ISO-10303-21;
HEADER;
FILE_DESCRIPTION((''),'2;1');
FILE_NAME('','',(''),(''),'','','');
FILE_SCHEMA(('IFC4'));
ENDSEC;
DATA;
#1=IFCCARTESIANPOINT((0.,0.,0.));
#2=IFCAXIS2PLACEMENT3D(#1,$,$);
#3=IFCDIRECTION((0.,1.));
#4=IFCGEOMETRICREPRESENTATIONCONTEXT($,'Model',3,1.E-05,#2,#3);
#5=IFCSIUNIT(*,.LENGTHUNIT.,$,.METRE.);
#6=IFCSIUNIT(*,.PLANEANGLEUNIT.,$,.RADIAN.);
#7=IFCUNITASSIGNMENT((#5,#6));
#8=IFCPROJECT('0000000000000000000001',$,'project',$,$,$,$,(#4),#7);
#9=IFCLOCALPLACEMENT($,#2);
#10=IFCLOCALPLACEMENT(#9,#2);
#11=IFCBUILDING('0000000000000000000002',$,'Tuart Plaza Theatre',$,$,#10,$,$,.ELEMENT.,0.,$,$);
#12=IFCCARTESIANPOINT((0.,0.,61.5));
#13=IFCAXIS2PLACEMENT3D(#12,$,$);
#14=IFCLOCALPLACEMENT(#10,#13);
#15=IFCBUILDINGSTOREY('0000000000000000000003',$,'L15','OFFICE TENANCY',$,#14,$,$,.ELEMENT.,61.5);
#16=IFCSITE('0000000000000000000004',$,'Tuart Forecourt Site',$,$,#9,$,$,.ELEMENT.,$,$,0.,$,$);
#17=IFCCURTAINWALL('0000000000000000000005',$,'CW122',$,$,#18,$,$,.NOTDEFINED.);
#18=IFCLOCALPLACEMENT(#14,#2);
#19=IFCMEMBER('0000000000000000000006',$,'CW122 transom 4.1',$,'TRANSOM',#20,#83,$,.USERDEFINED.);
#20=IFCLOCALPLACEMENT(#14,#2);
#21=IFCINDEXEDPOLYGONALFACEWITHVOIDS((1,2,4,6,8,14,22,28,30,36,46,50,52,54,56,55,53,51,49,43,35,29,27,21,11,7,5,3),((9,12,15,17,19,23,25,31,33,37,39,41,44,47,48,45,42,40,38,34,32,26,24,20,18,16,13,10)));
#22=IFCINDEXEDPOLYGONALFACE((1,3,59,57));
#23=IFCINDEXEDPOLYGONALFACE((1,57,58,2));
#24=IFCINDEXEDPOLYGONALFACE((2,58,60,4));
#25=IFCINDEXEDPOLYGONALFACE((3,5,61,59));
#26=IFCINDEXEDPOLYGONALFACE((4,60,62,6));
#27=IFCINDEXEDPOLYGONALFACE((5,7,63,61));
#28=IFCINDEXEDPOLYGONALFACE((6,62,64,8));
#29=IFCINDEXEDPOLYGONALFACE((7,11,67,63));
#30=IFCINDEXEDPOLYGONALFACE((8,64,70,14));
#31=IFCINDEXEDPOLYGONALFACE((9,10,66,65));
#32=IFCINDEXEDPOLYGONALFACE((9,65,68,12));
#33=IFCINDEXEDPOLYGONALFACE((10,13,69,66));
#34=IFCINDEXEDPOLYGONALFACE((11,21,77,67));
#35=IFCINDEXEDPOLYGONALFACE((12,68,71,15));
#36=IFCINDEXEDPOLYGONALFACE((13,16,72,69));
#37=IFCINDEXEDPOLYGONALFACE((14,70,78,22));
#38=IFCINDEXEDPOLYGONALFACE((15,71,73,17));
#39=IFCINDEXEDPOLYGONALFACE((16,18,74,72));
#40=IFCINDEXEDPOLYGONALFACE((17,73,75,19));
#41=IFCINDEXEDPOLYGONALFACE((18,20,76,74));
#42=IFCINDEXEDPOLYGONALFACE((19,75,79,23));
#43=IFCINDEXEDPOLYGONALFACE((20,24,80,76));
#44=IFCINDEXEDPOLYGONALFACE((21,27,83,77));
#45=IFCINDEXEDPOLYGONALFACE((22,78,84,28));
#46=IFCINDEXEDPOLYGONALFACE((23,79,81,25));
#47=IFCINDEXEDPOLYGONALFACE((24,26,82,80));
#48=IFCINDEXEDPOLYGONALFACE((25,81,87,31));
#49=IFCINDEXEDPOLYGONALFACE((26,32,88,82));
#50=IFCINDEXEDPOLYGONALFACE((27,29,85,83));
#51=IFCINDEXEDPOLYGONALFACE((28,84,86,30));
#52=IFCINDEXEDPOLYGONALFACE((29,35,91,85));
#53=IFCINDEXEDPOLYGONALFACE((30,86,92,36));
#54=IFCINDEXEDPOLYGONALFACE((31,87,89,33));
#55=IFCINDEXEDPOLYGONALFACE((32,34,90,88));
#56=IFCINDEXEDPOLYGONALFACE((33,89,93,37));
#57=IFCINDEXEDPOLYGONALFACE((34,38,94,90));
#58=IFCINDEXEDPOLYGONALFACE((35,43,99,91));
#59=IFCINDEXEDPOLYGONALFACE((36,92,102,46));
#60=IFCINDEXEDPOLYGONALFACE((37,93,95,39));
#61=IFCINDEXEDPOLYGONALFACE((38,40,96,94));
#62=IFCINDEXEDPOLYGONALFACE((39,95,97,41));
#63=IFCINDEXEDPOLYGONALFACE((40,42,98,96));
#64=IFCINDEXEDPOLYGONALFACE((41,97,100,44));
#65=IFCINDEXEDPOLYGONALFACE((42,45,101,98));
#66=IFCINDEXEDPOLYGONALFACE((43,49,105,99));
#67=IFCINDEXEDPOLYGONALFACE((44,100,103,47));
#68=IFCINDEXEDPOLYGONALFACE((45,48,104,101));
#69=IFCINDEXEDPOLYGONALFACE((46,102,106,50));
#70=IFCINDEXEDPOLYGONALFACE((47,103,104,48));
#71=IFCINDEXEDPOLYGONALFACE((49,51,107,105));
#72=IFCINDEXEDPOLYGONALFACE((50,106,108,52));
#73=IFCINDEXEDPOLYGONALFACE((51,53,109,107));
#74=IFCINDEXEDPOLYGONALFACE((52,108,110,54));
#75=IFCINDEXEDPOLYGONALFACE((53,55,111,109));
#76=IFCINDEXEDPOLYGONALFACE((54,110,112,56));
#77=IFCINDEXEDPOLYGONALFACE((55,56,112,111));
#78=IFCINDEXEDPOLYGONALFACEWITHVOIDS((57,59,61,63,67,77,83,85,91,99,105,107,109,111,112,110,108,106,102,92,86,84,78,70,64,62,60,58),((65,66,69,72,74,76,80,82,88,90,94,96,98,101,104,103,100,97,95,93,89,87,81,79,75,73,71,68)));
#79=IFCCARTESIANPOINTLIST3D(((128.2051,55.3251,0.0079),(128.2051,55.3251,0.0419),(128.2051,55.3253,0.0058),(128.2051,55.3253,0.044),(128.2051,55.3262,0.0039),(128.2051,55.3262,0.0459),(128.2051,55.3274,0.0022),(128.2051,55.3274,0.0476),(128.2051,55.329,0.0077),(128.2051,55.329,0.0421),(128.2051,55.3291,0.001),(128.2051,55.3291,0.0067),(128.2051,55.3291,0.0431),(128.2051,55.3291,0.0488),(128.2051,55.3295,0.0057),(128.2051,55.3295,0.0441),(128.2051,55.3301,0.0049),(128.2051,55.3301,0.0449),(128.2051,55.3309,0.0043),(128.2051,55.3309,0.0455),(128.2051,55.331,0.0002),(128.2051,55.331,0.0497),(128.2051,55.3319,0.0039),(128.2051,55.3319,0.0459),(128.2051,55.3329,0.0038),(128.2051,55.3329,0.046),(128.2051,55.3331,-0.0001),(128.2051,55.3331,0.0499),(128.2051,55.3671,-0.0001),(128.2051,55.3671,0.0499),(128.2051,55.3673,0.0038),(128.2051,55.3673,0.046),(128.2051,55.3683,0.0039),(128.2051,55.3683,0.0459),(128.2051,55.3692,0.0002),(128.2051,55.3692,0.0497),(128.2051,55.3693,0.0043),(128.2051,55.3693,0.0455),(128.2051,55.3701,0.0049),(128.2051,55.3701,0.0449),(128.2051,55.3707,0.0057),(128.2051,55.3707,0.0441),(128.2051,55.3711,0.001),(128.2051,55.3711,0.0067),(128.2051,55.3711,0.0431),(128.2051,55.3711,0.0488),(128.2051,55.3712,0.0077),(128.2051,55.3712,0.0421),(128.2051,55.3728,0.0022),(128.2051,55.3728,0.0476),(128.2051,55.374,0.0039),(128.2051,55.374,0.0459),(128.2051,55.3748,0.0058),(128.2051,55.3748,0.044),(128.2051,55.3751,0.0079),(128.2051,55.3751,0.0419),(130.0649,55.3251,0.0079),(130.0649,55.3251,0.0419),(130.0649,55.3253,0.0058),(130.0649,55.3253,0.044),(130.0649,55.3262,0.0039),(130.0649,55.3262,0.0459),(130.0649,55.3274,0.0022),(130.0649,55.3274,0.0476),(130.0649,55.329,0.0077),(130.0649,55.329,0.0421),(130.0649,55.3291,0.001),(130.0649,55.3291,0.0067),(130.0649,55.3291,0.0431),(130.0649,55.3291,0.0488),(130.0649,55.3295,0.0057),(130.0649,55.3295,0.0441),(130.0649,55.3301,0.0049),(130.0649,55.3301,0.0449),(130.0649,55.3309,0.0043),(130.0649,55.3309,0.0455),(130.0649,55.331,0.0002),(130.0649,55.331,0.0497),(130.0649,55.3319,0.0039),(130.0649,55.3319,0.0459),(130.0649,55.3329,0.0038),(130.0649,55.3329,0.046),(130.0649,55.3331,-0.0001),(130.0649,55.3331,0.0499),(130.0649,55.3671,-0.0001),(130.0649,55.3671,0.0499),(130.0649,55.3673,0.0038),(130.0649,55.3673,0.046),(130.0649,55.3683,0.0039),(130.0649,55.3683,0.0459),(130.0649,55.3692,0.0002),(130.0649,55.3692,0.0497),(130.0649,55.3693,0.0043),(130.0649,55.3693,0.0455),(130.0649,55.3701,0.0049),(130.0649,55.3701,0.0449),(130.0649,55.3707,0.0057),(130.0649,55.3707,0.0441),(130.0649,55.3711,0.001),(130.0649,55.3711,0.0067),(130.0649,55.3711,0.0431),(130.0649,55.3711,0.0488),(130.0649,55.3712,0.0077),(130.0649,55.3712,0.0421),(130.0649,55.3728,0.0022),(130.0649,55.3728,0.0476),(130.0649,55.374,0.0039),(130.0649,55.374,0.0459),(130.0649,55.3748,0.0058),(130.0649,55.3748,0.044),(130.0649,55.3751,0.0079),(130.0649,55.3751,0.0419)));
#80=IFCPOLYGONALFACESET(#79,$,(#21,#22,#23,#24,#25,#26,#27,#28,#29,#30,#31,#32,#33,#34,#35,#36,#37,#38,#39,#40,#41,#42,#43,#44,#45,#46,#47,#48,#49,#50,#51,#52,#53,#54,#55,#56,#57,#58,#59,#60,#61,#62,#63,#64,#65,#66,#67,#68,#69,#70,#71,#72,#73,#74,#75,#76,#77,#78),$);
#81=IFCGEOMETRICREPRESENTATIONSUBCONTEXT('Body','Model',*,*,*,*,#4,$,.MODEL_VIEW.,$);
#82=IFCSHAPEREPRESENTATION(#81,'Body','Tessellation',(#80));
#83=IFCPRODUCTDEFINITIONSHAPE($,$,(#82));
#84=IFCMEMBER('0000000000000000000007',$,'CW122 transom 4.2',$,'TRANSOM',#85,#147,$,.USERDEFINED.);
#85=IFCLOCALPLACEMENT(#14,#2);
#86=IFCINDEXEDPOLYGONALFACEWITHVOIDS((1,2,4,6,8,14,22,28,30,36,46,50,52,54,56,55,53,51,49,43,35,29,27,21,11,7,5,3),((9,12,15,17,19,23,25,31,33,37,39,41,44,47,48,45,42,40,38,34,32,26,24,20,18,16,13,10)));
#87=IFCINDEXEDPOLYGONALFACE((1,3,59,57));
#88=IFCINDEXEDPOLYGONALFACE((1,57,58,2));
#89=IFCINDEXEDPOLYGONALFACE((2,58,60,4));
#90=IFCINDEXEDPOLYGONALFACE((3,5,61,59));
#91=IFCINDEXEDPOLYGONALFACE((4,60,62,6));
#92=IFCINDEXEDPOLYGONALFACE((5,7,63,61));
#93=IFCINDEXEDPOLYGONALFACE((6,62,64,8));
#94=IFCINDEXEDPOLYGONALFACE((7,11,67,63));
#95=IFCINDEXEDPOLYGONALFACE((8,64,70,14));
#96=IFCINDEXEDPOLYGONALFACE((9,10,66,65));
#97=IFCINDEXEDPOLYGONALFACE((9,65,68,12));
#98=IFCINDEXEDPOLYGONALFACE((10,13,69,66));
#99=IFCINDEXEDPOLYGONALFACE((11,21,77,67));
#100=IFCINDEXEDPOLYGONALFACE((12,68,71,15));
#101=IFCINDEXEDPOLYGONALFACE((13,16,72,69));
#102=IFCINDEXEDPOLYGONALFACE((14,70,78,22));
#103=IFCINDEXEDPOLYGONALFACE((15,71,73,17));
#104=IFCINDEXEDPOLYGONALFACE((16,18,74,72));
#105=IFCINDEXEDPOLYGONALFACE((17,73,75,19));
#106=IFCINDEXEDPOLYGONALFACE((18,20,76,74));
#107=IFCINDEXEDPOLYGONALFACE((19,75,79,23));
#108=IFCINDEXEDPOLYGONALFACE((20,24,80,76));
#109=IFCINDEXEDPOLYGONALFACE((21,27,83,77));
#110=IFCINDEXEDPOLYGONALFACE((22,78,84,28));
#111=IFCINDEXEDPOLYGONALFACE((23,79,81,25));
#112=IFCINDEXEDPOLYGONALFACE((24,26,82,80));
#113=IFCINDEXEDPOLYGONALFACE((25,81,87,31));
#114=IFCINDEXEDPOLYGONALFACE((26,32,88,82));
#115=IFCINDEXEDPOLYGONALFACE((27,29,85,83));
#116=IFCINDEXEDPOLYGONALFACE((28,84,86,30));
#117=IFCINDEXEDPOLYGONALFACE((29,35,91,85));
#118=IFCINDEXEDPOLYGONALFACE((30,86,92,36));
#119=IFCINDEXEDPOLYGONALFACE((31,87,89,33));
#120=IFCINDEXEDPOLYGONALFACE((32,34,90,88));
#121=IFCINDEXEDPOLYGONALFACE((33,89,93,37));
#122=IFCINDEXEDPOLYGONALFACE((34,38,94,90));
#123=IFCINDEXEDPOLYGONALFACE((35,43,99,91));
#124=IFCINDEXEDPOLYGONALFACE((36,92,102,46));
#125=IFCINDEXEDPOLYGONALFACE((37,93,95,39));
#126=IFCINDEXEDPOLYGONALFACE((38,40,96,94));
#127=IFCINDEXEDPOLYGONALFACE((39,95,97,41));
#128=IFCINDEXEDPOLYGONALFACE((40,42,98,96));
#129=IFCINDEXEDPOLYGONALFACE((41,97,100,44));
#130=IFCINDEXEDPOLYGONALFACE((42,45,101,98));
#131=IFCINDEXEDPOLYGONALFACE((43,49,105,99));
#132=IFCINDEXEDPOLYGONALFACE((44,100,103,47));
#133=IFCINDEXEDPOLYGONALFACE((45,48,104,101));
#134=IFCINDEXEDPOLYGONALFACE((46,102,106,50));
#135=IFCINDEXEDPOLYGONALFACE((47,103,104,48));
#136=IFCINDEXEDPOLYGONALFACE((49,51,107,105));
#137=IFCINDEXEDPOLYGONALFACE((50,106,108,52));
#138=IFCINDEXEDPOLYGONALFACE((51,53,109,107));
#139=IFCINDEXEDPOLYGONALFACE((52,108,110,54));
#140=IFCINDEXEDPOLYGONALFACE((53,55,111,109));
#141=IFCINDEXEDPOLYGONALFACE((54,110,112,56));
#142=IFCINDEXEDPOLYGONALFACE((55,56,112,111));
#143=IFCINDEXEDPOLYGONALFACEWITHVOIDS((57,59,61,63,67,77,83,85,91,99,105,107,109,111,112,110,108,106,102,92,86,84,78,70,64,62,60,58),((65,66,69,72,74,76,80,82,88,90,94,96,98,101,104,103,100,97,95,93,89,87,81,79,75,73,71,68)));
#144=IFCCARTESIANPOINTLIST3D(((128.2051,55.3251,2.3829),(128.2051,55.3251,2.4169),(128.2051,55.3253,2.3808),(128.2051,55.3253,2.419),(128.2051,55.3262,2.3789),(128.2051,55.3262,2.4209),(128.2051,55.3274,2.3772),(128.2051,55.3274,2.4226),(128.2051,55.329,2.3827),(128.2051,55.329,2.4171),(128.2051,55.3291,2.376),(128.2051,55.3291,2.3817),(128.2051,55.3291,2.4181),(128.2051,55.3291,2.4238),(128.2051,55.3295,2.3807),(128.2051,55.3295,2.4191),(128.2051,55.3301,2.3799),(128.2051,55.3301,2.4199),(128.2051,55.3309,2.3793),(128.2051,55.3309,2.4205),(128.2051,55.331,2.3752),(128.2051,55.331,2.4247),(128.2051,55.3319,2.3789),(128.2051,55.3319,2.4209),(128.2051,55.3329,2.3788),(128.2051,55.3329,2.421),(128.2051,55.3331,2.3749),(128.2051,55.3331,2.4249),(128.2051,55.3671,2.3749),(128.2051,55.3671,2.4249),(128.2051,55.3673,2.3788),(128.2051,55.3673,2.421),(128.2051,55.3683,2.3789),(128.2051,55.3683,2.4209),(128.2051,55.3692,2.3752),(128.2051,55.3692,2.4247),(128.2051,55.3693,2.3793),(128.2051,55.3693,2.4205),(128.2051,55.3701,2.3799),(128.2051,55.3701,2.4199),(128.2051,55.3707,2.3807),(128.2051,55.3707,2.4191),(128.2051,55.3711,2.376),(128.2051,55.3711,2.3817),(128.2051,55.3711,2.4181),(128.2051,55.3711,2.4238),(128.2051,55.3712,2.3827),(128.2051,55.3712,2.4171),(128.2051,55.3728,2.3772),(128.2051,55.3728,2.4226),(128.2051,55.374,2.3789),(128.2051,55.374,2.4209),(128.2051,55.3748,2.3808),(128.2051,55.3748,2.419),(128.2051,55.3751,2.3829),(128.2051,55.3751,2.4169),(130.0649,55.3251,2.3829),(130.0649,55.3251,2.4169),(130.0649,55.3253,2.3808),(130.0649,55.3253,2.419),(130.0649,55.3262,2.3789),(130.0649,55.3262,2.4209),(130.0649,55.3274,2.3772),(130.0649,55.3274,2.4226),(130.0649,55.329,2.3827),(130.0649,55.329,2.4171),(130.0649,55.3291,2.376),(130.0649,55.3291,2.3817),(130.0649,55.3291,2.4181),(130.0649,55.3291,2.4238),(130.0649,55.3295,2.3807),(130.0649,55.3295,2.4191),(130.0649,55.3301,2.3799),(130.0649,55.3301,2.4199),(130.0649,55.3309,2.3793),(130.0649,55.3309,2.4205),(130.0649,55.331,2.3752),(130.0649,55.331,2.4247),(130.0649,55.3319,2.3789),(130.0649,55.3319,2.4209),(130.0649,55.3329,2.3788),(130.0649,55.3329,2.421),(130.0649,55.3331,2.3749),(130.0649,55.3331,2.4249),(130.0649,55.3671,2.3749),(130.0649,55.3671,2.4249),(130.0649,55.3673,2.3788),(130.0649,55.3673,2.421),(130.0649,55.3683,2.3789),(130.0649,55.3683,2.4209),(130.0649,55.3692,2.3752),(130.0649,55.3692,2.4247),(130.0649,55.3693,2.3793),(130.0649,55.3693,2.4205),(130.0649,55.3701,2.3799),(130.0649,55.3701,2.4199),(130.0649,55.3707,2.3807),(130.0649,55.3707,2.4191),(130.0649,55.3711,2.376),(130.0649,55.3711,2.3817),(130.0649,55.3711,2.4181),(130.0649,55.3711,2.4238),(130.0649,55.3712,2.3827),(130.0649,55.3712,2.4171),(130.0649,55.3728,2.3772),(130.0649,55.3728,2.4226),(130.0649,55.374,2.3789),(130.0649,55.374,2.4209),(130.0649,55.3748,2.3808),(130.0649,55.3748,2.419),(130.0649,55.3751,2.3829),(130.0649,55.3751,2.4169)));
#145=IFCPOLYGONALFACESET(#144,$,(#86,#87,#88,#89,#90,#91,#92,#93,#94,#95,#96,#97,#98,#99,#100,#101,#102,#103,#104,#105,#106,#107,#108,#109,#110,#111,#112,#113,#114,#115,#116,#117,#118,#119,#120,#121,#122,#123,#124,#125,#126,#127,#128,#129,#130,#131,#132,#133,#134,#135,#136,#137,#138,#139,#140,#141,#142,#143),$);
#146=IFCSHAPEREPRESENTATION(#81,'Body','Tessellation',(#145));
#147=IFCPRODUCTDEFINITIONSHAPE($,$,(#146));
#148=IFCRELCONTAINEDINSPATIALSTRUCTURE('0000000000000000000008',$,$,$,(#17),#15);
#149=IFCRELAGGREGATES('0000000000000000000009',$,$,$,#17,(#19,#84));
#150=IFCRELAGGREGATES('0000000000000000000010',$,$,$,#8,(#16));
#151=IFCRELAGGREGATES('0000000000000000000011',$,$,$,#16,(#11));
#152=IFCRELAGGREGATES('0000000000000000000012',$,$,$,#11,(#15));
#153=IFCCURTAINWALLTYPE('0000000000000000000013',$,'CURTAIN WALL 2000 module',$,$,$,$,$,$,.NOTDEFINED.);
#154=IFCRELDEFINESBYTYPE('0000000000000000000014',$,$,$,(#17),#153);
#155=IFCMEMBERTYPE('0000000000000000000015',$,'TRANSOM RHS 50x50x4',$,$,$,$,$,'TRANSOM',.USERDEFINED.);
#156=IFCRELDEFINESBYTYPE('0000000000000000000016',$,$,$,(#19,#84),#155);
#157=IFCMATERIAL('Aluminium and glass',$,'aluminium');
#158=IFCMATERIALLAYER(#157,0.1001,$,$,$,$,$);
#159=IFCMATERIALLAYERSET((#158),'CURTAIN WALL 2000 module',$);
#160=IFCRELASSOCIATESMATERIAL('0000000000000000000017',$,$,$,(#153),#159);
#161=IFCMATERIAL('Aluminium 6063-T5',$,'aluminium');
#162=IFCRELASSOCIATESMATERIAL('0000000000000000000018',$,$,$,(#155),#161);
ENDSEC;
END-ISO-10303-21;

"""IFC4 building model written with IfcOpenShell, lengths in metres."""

from ifc_helpers import new_model, si_unit, direction, frame, origin, origin_2d, place, context, subcontext, project, spatial, hollow_rectangle, extrude, material, layer, layer_set, material_profile, profile_set, type_object, element, aggregate, save


model = new_model("IFC4")

# Units and contexts
model_context = context("Model", 3, precision=1e-05, world=origin(), true_north=direction((0.0, 1.0)))
body_context = subcontext(model_context, "Body", "Model", "MODEL_VIEW")
ifc_project = project(units=[si_unit("LENGTHUNIT", "METRE"), si_unit("PLANEANGLEUNIT", "RADIAN")], contexts=[model_context])

# Site, building, storey
site_placement = place(None, origin())
site = spatial("IfcSite", under=ifc_project, at=site_placement, Name="Tuart Forecourt Site", CompositionType="ELEMENT", RefElevation=0.0)
building_placement = place(site_placement, origin())
building = spatial("IfcBuilding", under=site, at=building_placement, Name="Tuart Plaza Theatre", CompositionType="ELEMENT", ElevationOfRefHeight=0.0)
storey_placement = place(building_placement, frame((0.0, 0.0, 61.5)))
storey = spatial("IfcBuildingStorey", under=building, at=storey_placement, Name="L15", Description="OFFICE TENANCY", CompositionType="ELEMENT", Elevation=61.5)

# Curtain wall, members
ifc_material_1 = material(Name="Aluminium and glass", Category="aluminium")
ifc_layer_1 = layer(ifc_material_1, 0.1001)
ifc_layer_set_1 = layer_set([ifc_layer_1], Name="CURTAIN WALL 2000 module")
curtain_wall_type = type_object("IfcCurtainWallType", Name="CURTAIN WALL 2000 module", PredefinedType="NOTDEFINED", material=ifc_layer_set_1)
curtain_wall_placement = place(storey_placement, origin())
curtain_wall = element("IfcCurtainWall", 1, at=curtain_wall_placement, inside=storey, type_object=curtain_wall_type, Name="CW122", PredefinedType="NOTDEFINED")
ifc_material_2 = material(Name="Aluminium 6063-T5", Category="aluminium")
ifc_material_profile_1 = material_profile(ifc_material_2, hollow_rectangle(XDim=0.05, YDim=0.05, WallThickness=0.0039, InnerFilletRadius=0.0039, OuterFilletRadius=0.0081, at=origin_2d()), Name="RHS 50x50x4")
ifc_profile_set_1 = profile_set([ifc_material_profile_1], Name="Aluminium 6063-T5")
member_type_1 = type_object("IfcMemberType", Name="TRANSOM RHS 50x50x4", ElementType="TRANSOM", PredefinedType="USERDEFINED", material=ifc_profile_set_1)
member_1_placement = place(storey_placement, frame((128.2051, 55.3501, 0.0249), z_axis=(1.0, 0.0, 0.0), x_axis=(0.0, 1.0, 0.0)))
member_1 = element("IfcMember", 2, at=member_1_placement, type_object=member_type_1, Name="CW122 transom 4.1", ObjectType="TRANSOM", PredefinedType="USERDEFINED", context=body_context, shape_type="SweptSolid", body=[
    extrude(hollow_rectangle(XDim=0.05, YDim=0.05, WallThickness=0.0039, InnerFilletRadius=0.0039, OuterFilletRadius=0.0081, at=origin_2d()), origin(), (0.0, 0.0, 1.0), 1.8599),
])
member_2_placement = place(storey_placement, frame((128.2051, 55.3501, 2.3999), z_axis=(1.0, 0.0, 0.0), x_axis=(0.0, 1.0, 0.0)))
member_2 = element("IfcMember", 3, at=member_2_placement, type_object=member_type_1, Name="CW122 transom 4.2", ObjectType="TRANSOM", PredefinedType="USERDEFINED", context=body_context, shape_type="SweptSolid", body=[
    extrude(hollow_rectangle(XDim=0.05, YDim=0.05, WallThickness=0.0039, InnerFilletRadius=0.0039, OuterFilletRadius=0.0081, at=origin_2d()), origin(), (0.0, 0.0, 1.0), 1.8599),
])
aggregate(curtain_wall, [member_1, member_2])

save(model, "model.ifc")
